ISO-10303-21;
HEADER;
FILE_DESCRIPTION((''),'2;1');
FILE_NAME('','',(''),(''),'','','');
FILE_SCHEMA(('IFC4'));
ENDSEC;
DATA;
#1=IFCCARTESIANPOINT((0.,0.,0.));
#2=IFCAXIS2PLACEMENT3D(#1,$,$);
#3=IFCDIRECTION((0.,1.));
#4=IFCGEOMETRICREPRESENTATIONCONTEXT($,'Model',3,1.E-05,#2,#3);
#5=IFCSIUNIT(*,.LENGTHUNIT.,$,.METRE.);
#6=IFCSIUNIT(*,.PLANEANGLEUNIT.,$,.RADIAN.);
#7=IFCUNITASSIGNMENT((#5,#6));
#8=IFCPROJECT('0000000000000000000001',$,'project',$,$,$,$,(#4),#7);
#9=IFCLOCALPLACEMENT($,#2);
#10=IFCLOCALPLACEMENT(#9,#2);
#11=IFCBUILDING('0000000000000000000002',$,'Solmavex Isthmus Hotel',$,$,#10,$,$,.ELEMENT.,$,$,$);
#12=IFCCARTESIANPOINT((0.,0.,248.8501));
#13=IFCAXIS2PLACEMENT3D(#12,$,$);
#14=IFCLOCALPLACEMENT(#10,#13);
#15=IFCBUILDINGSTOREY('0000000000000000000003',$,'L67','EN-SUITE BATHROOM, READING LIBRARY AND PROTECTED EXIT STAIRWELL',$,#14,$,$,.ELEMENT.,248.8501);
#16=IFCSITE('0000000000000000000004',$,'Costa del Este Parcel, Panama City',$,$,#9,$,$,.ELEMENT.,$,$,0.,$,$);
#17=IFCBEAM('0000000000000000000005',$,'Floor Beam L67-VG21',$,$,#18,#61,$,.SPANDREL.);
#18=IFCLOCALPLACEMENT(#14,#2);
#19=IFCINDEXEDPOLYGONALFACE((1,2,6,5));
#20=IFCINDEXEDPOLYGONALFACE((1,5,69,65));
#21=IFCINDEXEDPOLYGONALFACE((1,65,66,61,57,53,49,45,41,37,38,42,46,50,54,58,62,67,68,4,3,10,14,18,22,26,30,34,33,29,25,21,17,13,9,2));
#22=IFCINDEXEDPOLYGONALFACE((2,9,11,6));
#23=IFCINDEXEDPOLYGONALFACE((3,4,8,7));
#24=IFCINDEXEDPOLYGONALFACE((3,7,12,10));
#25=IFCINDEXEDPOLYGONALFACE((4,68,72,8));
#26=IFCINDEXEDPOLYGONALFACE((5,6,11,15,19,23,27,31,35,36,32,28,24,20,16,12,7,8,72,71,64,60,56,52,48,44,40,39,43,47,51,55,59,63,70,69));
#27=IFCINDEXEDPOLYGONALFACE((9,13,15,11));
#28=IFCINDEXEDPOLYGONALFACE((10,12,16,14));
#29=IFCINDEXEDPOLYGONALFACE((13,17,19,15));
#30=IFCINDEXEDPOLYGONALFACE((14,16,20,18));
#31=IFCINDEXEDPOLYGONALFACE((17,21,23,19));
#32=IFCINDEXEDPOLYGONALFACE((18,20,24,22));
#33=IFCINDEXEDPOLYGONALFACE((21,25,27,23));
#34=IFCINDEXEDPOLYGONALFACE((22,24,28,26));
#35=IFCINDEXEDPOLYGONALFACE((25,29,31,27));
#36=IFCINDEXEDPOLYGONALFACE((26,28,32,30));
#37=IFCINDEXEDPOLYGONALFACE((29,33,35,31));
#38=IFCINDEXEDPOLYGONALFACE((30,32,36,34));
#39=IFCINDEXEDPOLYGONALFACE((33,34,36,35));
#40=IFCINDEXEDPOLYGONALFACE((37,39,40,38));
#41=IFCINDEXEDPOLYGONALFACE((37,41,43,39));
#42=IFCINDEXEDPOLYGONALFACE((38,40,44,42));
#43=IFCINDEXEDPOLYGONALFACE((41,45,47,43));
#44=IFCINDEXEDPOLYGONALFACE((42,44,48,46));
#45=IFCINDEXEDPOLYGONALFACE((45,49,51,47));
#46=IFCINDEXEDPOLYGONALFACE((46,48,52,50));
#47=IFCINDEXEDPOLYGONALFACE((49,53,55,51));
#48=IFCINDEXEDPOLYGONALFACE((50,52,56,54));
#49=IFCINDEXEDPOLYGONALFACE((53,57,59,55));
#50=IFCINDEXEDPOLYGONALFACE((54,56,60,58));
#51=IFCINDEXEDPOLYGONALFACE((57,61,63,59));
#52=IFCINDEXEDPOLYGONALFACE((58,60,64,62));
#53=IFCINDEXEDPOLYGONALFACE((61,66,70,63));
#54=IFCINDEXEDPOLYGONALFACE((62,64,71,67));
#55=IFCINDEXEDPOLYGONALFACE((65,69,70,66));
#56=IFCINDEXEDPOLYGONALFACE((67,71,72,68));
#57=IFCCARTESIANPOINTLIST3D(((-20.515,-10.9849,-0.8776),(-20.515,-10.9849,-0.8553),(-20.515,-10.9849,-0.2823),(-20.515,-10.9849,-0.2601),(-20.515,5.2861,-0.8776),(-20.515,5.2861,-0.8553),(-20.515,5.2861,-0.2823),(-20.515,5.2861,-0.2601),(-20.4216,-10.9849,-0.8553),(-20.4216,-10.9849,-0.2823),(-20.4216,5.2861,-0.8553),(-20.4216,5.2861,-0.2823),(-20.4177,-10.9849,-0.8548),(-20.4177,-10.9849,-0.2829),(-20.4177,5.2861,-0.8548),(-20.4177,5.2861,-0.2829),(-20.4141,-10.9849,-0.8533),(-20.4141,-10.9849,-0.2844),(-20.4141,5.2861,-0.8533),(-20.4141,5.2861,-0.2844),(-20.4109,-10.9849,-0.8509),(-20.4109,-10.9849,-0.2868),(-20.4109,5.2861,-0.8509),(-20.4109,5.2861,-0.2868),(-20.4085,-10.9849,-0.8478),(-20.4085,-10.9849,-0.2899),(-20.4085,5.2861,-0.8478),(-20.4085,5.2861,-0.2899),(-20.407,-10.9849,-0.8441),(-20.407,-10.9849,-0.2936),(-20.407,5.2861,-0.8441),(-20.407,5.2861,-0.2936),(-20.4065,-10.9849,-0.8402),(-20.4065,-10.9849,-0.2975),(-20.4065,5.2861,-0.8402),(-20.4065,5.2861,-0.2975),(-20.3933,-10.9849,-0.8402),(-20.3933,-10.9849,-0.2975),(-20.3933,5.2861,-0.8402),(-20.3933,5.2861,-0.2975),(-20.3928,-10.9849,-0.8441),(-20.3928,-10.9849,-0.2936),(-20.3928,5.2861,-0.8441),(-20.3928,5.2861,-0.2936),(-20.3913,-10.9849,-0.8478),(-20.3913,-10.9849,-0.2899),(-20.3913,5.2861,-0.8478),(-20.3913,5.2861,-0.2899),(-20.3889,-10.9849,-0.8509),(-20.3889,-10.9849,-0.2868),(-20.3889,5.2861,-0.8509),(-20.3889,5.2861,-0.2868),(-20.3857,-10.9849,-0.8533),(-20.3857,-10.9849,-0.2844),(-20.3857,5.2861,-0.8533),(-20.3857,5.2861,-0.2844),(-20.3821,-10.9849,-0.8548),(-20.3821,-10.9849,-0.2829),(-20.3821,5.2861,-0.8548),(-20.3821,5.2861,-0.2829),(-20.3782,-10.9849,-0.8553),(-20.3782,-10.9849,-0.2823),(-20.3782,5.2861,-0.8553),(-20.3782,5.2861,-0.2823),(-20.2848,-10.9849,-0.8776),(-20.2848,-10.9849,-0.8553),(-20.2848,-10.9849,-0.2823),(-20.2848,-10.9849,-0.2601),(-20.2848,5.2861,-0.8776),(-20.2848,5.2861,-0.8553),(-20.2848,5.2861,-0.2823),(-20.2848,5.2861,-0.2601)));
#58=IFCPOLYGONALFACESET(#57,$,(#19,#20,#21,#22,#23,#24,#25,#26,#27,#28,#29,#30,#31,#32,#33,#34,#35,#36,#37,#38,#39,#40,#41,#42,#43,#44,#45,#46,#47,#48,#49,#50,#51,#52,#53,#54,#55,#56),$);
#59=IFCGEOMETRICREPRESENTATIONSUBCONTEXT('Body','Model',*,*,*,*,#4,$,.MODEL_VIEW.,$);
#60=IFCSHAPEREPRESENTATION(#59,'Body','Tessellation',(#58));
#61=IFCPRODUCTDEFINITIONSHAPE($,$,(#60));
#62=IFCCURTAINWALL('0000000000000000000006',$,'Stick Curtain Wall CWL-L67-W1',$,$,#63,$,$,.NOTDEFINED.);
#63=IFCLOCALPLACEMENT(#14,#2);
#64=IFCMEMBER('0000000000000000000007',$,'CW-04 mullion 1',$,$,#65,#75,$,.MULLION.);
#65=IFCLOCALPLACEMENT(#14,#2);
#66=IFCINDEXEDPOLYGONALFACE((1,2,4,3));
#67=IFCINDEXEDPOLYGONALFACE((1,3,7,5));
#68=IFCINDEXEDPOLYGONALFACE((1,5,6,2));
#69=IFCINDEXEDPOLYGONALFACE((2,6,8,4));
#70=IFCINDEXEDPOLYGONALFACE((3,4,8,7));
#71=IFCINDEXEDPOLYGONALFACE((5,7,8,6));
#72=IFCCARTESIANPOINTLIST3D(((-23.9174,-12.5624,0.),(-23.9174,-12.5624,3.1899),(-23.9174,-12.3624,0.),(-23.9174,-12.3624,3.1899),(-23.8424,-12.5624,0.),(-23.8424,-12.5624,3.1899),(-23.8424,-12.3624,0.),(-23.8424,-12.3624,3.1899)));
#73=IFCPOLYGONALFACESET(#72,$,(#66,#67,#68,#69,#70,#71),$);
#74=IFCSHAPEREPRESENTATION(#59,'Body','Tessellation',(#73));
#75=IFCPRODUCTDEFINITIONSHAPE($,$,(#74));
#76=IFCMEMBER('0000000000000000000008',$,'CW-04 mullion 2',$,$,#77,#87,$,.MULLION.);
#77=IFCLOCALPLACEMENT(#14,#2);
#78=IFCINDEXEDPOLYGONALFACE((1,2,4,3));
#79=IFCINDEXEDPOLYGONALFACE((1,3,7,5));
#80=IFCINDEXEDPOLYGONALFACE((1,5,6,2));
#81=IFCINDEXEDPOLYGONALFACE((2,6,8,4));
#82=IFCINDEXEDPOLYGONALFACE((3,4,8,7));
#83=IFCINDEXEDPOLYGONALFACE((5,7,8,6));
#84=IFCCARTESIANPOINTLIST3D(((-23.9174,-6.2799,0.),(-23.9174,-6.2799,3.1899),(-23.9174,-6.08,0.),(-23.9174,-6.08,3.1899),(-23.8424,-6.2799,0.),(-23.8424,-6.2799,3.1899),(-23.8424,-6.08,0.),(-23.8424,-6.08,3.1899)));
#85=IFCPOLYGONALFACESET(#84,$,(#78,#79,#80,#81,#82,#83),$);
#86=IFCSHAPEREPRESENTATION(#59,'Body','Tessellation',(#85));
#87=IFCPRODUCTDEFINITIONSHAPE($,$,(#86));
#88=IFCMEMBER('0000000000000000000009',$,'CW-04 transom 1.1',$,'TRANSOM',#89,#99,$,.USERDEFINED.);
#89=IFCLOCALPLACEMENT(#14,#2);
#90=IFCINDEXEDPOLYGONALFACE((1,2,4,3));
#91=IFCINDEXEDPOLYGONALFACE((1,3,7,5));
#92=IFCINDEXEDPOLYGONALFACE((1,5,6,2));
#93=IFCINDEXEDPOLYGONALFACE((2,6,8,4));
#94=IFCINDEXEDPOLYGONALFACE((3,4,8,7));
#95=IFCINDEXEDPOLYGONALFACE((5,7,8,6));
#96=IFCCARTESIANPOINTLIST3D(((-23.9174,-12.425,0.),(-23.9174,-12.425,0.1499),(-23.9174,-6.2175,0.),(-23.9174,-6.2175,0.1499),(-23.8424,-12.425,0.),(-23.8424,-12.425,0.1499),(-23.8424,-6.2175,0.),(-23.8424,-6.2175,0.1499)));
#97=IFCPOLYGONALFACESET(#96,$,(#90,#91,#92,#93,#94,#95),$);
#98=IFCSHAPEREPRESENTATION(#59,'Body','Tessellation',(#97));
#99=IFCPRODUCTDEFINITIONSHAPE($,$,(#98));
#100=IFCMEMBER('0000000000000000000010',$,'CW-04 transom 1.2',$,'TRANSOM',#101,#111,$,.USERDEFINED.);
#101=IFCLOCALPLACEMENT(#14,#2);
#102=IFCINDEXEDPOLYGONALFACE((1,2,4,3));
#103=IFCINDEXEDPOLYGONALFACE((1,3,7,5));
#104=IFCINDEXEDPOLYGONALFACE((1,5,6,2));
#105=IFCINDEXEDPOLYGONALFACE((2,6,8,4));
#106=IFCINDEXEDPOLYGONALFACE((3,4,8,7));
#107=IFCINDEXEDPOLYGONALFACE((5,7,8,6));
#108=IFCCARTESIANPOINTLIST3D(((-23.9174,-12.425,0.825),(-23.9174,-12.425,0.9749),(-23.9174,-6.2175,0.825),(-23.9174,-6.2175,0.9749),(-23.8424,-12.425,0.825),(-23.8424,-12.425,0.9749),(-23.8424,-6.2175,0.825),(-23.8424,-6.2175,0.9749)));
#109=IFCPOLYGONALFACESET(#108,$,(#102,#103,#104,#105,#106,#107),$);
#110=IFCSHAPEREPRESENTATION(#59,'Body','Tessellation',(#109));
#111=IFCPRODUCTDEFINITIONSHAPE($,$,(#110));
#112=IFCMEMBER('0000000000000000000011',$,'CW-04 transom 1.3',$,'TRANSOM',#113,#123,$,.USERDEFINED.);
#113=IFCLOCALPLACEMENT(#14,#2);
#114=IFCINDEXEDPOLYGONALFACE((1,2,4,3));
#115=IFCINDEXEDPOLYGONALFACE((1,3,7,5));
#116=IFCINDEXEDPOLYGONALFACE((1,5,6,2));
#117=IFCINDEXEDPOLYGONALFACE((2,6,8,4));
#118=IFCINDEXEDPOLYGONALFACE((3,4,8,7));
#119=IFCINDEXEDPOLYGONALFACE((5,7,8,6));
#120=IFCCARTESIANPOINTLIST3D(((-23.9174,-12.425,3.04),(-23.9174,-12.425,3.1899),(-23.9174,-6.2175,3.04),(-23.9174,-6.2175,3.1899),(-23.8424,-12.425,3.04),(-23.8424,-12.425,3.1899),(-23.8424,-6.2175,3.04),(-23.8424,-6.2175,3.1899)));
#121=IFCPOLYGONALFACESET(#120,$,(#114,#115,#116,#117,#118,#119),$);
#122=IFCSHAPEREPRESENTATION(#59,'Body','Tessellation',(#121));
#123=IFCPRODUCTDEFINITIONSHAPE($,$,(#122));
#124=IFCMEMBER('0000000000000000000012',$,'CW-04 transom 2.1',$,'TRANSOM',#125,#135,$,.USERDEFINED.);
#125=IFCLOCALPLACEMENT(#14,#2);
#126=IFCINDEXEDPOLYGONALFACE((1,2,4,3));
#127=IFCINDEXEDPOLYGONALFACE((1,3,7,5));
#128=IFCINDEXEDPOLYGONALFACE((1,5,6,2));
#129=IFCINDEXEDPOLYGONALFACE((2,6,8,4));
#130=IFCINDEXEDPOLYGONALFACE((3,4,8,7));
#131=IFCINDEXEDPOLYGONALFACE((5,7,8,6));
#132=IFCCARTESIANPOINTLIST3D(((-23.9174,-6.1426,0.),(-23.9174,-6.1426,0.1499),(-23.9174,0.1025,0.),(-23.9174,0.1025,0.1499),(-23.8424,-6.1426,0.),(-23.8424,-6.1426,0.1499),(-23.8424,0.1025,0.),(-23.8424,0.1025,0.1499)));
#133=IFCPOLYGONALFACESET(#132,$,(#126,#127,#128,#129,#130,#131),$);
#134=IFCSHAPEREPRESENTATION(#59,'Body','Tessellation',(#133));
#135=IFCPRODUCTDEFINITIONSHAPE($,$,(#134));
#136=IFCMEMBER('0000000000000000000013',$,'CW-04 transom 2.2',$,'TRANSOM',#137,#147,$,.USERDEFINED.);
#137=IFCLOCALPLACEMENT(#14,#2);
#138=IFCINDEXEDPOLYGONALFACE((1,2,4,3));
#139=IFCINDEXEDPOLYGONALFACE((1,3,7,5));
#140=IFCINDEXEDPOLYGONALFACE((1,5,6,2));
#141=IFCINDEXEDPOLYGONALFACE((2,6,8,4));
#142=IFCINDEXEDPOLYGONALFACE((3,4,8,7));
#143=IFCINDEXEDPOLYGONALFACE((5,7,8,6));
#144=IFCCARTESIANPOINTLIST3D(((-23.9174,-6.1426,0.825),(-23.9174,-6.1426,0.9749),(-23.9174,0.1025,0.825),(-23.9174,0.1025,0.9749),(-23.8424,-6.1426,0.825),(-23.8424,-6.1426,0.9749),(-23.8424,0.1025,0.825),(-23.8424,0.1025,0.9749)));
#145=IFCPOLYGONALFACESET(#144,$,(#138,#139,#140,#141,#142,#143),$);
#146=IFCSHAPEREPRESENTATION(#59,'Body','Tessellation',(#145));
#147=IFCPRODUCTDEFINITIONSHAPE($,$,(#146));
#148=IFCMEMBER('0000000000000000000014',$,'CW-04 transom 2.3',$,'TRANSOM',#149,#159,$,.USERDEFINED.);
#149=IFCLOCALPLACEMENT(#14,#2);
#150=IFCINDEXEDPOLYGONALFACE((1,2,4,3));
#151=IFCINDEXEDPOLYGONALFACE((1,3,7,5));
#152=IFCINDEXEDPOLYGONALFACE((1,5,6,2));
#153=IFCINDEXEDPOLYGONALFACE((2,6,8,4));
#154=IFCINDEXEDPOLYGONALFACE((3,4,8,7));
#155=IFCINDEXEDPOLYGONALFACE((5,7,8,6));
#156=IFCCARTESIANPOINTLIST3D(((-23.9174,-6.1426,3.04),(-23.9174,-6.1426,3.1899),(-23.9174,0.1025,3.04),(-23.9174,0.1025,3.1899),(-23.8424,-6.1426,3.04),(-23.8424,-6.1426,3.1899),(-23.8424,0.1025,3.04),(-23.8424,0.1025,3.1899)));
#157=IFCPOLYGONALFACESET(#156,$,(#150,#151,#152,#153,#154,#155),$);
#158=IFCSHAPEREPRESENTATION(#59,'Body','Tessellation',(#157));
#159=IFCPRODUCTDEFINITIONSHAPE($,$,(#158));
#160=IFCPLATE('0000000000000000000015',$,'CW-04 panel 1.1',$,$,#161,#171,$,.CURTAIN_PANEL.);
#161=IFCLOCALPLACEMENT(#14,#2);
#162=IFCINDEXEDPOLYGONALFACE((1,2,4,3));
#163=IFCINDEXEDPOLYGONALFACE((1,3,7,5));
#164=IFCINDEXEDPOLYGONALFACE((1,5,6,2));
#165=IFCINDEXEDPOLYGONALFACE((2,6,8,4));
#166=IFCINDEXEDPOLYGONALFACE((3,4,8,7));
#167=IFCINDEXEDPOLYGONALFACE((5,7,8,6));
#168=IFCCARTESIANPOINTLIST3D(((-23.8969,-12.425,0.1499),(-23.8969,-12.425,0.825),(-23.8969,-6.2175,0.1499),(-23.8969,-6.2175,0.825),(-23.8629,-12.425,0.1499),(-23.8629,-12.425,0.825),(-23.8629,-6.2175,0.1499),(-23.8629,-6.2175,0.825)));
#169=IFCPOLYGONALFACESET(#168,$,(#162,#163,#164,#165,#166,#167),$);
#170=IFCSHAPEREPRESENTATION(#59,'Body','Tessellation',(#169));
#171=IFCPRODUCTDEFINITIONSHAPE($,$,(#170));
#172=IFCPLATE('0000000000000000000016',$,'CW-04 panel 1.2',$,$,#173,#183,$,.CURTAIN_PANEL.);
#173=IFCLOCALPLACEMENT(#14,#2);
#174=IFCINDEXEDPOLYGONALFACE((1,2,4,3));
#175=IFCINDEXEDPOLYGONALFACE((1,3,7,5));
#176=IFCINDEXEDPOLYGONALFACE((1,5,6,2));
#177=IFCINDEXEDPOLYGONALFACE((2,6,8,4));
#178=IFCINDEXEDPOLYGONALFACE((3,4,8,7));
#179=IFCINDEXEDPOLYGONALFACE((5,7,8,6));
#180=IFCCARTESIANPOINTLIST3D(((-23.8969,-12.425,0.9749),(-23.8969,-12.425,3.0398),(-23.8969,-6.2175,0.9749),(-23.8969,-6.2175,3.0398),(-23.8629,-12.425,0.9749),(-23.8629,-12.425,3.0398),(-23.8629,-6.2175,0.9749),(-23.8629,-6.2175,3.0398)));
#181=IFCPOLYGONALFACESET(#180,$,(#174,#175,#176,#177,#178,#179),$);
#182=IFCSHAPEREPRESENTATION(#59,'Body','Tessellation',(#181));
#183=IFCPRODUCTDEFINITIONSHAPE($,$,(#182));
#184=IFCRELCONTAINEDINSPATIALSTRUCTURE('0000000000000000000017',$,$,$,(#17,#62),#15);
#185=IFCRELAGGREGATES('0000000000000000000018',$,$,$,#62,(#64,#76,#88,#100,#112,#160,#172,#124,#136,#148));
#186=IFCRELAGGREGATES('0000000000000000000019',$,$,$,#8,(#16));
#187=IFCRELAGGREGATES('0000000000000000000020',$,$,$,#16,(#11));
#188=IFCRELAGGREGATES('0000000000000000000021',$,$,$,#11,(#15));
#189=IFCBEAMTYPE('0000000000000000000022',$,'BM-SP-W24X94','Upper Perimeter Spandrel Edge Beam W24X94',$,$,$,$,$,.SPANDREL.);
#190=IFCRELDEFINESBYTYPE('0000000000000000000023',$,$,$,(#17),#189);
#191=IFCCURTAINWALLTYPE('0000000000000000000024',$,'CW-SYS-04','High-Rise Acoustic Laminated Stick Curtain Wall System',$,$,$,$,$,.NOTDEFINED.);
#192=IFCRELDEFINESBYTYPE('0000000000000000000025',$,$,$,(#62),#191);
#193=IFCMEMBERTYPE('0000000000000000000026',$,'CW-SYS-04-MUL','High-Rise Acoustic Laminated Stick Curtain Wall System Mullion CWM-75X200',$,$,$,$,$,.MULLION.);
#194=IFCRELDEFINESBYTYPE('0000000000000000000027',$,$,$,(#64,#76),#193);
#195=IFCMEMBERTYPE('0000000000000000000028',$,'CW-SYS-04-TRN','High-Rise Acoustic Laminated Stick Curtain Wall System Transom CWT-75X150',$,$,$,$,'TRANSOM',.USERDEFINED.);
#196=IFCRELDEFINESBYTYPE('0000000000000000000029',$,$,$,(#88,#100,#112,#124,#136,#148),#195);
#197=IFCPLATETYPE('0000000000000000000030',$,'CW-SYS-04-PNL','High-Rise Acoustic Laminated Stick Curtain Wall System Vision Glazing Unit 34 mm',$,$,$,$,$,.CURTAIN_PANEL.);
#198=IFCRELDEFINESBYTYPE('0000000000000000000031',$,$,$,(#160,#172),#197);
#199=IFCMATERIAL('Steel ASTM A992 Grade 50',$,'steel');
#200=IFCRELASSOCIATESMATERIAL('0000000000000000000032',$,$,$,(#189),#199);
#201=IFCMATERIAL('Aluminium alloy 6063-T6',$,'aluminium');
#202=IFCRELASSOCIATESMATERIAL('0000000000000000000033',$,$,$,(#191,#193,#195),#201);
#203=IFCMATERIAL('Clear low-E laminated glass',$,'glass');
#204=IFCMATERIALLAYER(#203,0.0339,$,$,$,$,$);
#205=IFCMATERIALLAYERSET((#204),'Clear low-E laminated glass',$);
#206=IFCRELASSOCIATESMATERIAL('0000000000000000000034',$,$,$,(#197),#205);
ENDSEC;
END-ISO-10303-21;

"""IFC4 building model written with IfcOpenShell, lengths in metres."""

from ifc_helpers import new_model, si_unit, direction, frame, origin, origin_2d, place, context, subcontext, project, spatial, rectangle, i_section, extrude, material, layer, layer_set, material_profile, profile_set, type_object, element, aggregate, save


model = new_model("IFC4")

# Units and contexts
model_context = context("Model", 3, precision=1e-05, world=origin(), true_north=direction((0.0, 1.0)))
body_context = subcontext(model_context, "Body", "Model", "MODEL_VIEW")
ifc_project = project(units=[si_unit("LENGTHUNIT", "METRE"), si_unit("PLANEANGLEUNIT", "RADIAN")], contexts=[model_context])

# Site, building, storey
site_placement = place(None, origin())
site = spatial("IfcSite", under=ifc_project, at=site_placement, Name="Costa del Este Parcel, Panama City", CompositionType="ELEMENT", RefElevation=0.0)
building_placement = place(site_placement, origin())
building = spatial("IfcBuilding", under=site, at=building_placement, Name="Solmavex Isthmus Hotel", CompositionType="ELEMENT")
storey_placement = place(building_placement, frame((0.0, 0.0, 248.8501)))
storey = spatial("IfcBuildingStorey", under=building, at=storey_placement, Name="L67", Description="EN-SUITE BATHROOM, READING LIBRARY AND PROTECTED EXIT STAIRWELL", CompositionType="ELEMENT", Elevation=248.8501)

# Beam
ifc_material_1 = material(Name="Steel ASTM A992 Grade 50", Category="steel")
ifc_material_profile_1 = material_profile(ifc_material_1, i_section(OverallWidth=0.2302, OverallDepth=0.6174, WebThickness=0.0132, FlangeThickness=0.0222, FilletRadius=0.0151, at=origin_2d()), Name="W24X94")
ifc_profile_set_1 = profile_set([ifc_material_profile_1], Name="Steel ASTM A992 Grade 50")
beam_type_1 = type_object("IfcBeamType", Name="BM-SP-W24X94", Description="Upper Perimeter Spandrel Edge Beam W24X94", PredefinedType="SPANDREL", material=ifc_profile_set_1)
beam_1_placement = place(storey_placement, frame((-20.3999, -10.9849, -0.5688), z_axis=(0.0, 1.0, 0.0), x_axis=(-1.0, 0.0, 0.0)))
element("IfcBeam", 1, at=beam_1_placement, inside=storey, type_object=beam_type_1, Name="Floor Beam L67-VG21", PredefinedType="SPANDREL", context=body_context, shape_type="SweptSolid", body=[
    extrude(i_section(OverallWidth=0.2302, OverallDepth=0.6174, WebThickness=0.0132, FlangeThickness=0.0222, FilletRadius=0.0151, at=origin_2d()), origin(), (0.0, 0.0, 1.0), 16.271),
])

# Curtain wall, members, plates
ifc_material_2 = material(Name="Aluminium alloy 6063-T6", Category="aluminium")
curtain_wall_type = type_object("IfcCurtainWallType", Name="CW-SYS-04", Description="High-Rise Acoustic Laminated Stick Curtain Wall System", PredefinedType="NOTDEFINED", material=ifc_material_2)
curtain_wall_placement = place(storey_placement, origin())
curtain_wall = element("IfcCurtainWall", 2, at=curtain_wall_placement, inside=storey, type_object=curtain_wall_type, Name="Stick Curtain Wall CWL-L67-W1", PredefinedType="NOTDEFINED")
ifc_material_profile_2 = material_profile(ifc_material_2, rectangle(XDim=0.075, YDim=0.2, at=origin_2d()), Name="CWM-75X200")
ifc_profile_set_2 = profile_set([ifc_material_profile_2], Name="Aluminium alloy 6063-T6")
member_type_1 = type_object("IfcMemberType", Name="CW-SYS-04-MUL", Description="High-Rise Acoustic Laminated Stick Curtain Wall System Mullion CWM-75X200", PredefinedType="MULLION", material=ifc_profile_set_2)
member_1_placement = place(storey_placement, frame((-23.8799, -12.4624, 0.0), z_axis=(0.0, 0.0, 1.0), x_axis=(-1.0, 0.0, 0.0)))
member_1 = element("IfcMember", 3, at=member_1_placement, type_object=member_type_1, Name="CW-04 mullion 1", PredefinedType="MULLION", context=body_context, shape_type="SweptSolid", body=[
    extrude(rectangle(XDim=0.075, YDim=0.2, at=origin_2d()), origin(), (0.0, 0.0, 1.0), 3.1899),
])
member_2_placement = place(storey_placement, frame((-23.8799, -6.1799, 0.0), z_axis=(0.0, 0.0, 1.0), x_axis=(-1.0, 0.0, 0.0)))
member_2 = element("IfcMember", 4, at=member_2_placement, type_object=member_type_1, Name="CW-04 mullion 2", PredefinedType="MULLION", context=body_context, shape_type="SweptSolid", body=[
    extrude(rectangle(XDim=0.075, YDim=0.2, at=origin_2d()), origin(), (0.0, 0.0, 1.0), 3.1899),
])
ifc_material_profile_3 = material_profile(ifc_material_2, rectangle(XDim=0.075, YDim=0.1499, at=origin_2d()), Name="CWT-75X150")
ifc_profile_set_3 = profile_set([ifc_material_profile_3], Name="Aluminium alloy 6063-T6")
member_type_2 = type_object("IfcMemberType", Name="CW-SYS-04-TRN", Description="High-Rise Acoustic Laminated Stick Curtain Wall System Transom CWT-75X150", ElementType="TRANSOM", PredefinedType="USERDEFINED", material=ifc_profile_set_3)
member_3_placement = place(storey_placement, frame((-23.8799, -12.425, 0.075), z_axis=(0.0, 1.0, 0.0), x_axis=(-1.0, 0.0, 0.0)))
member_3 = element("IfcMember", 5, at=member_3_placement, type_object=member_type_2, Name="CW-04 transom 1.1", ObjectType="TRANSOM", PredefinedType="USERDEFINED", context=body_context, shape_type="SweptSolid", body=[
    extrude(rectangle(XDim=0.075, YDim=0.1499, at=origin_2d()), origin(), (0.0, 0.0, 1.0), 6.2075),
])
member_4_placement = place(storey_placement, frame((-23.8799, -12.425, 0.8999), z_axis=(0.0, 1.0, 0.0), x_axis=(-1.0, 0.0, 0.0)))
member_4 = element("IfcMember", 6, at=member_4_placement, type_object=member_type_2, Name="CW-04 transom 1.2", ObjectType="TRANSOM", PredefinedType="USERDEFINED", context=body_context, shape_type="SweptSolid", body=[
    extrude(rectangle(XDim=0.075, YDim=0.1499, at=origin_2d()), origin(), (0.0, 0.0, 1.0), 6.2075),
])
member_5_placement = place(storey_placement, frame((-23.8799, -12.425, 3.115), z_axis=(0.0, 1.0, 0.0), x_axis=(-1.0, 0.0, 0.0)))
member_5 = element("IfcMember", 7, at=member_5_placement, type_object=member_type_2, Name="CW-04 transom 1.3", ObjectType="TRANSOM", PredefinedType="USERDEFINED", context=body_context, shape_type="SweptSolid", body=[
    extrude(rectangle(XDim=0.075, YDim=0.1499, at=origin_2d()), origin(), (0.0, 0.0, 1.0), 6.2075),
])
member_6_placement = place(storey_placement, frame((-23.8799, -6.1426, 0.075), z_axis=(0.0, 1.0, 0.0), x_axis=(-1.0, 0.0, 0.0)))
member_6 = element("IfcMember", 8, at=member_6_placement, type_object=member_type_2, Name="CW-04 transom 2.1", ObjectType="TRANSOM", PredefinedType="USERDEFINED", context=body_context, shape_type="SweptSolid", body=[
    extrude(rectangle(XDim=0.075, YDim=0.1499, at=origin_2d()), origin(), (0.0, 0.0, 1.0), 6.2451),
])
member_7_placement = place(storey_placement, frame((-23.8799, -6.1426, 0.8999), z_axis=(0.0, 1.0, 0.0), x_axis=(-1.0, 0.0, 0.0)))
member_7 = element("IfcMember", 9, at=member_7_placement, type_object=member_type_2, Name="CW-04 transom 2.2", ObjectType="TRANSOM", PredefinedType="USERDEFINED", context=body_context, shape_type="SweptSolid", body=[
    extrude(rectangle(XDim=0.075, YDim=0.1499, at=origin_2d()), origin(), (0.0, 0.0, 1.0), 6.2451),
])
member_8_placement = place(storey_placement, frame((-23.8799, -6.1426, 3.115), z_axis=(0.0, 1.0, 0.0), x_axis=(-1.0, 0.0, 0.0)))
member_8 = element("IfcMember", 10, at=member_8_placement, type_object=member_type_2, Name="CW-04 transom 2.3", ObjectType="TRANSOM", PredefinedType="USERDEFINED", context=body_context, shape_type="SweptSolid", body=[
    extrude(rectangle(XDim=0.075, YDim=0.1499, at=origin_2d()), origin(), (0.0, 0.0, 1.0), 6.2451),
])
ifc_material_3 = material(Name="Clear low-E laminated glass", Category="glass")
ifc_layer_1 = layer(ifc_material_3, 0.0339)
ifc_layer_set_1 = layer_set([ifc_layer_1], Name="Clear low-E laminated glass")
plate_type = type_object("IfcPlateType", Name="CW-SYS-04-PNL", Description="High-Rise Acoustic Laminated Stick Curtain Wall System Vision Glazing Unit 34 mm", PredefinedType="CURTAIN_PANEL", material=ifc_layer_set_1)
plate_1_placement = place(storey_placement, frame((-23.8799, -9.3213, 0.1499), z_axis=(0.0, 0.0, 1.0), x_axis=(0.0, 1.0, 0.0)))
plate_1 = element("IfcPlate", 11, at=plate_1_placement, type_object=plate_type, Name="CW-04 panel 1.1", PredefinedType="CURTAIN_PANEL", context=body_context, shape_type="SweptSolid", body=[
    extrude(rectangle(XDim=6.2075, YDim=0.0339, at=origin_2d()), origin(), (0.0, 0.0, 1.0), 0.675),
])
plate_2_placement = place(storey_placement, frame((-23.8799, -9.3213, 0.9749), z_axis=(0.0, 0.0, 1.0), x_axis=(0.0, 1.0, 0.0)))
plate_2 = element("IfcPlate", 12, at=plate_2_placement, type_object=plate_type, Name="CW-04 panel 1.2", PredefinedType="CURTAIN_PANEL", context=body_context, shape_type="SweptSolid", body=[
    extrude(rectangle(XDim=6.2075, YDim=0.0339, at=origin_2d()), origin(), (0.0, 0.0, 1.0), 2.0649),
])
aggregate(curtain_wall, [member_1, member_2, member_3, member_4, member_5, plate_1, plate_2, member_6, member_7, member_8])

save(model, "model.ifc")
